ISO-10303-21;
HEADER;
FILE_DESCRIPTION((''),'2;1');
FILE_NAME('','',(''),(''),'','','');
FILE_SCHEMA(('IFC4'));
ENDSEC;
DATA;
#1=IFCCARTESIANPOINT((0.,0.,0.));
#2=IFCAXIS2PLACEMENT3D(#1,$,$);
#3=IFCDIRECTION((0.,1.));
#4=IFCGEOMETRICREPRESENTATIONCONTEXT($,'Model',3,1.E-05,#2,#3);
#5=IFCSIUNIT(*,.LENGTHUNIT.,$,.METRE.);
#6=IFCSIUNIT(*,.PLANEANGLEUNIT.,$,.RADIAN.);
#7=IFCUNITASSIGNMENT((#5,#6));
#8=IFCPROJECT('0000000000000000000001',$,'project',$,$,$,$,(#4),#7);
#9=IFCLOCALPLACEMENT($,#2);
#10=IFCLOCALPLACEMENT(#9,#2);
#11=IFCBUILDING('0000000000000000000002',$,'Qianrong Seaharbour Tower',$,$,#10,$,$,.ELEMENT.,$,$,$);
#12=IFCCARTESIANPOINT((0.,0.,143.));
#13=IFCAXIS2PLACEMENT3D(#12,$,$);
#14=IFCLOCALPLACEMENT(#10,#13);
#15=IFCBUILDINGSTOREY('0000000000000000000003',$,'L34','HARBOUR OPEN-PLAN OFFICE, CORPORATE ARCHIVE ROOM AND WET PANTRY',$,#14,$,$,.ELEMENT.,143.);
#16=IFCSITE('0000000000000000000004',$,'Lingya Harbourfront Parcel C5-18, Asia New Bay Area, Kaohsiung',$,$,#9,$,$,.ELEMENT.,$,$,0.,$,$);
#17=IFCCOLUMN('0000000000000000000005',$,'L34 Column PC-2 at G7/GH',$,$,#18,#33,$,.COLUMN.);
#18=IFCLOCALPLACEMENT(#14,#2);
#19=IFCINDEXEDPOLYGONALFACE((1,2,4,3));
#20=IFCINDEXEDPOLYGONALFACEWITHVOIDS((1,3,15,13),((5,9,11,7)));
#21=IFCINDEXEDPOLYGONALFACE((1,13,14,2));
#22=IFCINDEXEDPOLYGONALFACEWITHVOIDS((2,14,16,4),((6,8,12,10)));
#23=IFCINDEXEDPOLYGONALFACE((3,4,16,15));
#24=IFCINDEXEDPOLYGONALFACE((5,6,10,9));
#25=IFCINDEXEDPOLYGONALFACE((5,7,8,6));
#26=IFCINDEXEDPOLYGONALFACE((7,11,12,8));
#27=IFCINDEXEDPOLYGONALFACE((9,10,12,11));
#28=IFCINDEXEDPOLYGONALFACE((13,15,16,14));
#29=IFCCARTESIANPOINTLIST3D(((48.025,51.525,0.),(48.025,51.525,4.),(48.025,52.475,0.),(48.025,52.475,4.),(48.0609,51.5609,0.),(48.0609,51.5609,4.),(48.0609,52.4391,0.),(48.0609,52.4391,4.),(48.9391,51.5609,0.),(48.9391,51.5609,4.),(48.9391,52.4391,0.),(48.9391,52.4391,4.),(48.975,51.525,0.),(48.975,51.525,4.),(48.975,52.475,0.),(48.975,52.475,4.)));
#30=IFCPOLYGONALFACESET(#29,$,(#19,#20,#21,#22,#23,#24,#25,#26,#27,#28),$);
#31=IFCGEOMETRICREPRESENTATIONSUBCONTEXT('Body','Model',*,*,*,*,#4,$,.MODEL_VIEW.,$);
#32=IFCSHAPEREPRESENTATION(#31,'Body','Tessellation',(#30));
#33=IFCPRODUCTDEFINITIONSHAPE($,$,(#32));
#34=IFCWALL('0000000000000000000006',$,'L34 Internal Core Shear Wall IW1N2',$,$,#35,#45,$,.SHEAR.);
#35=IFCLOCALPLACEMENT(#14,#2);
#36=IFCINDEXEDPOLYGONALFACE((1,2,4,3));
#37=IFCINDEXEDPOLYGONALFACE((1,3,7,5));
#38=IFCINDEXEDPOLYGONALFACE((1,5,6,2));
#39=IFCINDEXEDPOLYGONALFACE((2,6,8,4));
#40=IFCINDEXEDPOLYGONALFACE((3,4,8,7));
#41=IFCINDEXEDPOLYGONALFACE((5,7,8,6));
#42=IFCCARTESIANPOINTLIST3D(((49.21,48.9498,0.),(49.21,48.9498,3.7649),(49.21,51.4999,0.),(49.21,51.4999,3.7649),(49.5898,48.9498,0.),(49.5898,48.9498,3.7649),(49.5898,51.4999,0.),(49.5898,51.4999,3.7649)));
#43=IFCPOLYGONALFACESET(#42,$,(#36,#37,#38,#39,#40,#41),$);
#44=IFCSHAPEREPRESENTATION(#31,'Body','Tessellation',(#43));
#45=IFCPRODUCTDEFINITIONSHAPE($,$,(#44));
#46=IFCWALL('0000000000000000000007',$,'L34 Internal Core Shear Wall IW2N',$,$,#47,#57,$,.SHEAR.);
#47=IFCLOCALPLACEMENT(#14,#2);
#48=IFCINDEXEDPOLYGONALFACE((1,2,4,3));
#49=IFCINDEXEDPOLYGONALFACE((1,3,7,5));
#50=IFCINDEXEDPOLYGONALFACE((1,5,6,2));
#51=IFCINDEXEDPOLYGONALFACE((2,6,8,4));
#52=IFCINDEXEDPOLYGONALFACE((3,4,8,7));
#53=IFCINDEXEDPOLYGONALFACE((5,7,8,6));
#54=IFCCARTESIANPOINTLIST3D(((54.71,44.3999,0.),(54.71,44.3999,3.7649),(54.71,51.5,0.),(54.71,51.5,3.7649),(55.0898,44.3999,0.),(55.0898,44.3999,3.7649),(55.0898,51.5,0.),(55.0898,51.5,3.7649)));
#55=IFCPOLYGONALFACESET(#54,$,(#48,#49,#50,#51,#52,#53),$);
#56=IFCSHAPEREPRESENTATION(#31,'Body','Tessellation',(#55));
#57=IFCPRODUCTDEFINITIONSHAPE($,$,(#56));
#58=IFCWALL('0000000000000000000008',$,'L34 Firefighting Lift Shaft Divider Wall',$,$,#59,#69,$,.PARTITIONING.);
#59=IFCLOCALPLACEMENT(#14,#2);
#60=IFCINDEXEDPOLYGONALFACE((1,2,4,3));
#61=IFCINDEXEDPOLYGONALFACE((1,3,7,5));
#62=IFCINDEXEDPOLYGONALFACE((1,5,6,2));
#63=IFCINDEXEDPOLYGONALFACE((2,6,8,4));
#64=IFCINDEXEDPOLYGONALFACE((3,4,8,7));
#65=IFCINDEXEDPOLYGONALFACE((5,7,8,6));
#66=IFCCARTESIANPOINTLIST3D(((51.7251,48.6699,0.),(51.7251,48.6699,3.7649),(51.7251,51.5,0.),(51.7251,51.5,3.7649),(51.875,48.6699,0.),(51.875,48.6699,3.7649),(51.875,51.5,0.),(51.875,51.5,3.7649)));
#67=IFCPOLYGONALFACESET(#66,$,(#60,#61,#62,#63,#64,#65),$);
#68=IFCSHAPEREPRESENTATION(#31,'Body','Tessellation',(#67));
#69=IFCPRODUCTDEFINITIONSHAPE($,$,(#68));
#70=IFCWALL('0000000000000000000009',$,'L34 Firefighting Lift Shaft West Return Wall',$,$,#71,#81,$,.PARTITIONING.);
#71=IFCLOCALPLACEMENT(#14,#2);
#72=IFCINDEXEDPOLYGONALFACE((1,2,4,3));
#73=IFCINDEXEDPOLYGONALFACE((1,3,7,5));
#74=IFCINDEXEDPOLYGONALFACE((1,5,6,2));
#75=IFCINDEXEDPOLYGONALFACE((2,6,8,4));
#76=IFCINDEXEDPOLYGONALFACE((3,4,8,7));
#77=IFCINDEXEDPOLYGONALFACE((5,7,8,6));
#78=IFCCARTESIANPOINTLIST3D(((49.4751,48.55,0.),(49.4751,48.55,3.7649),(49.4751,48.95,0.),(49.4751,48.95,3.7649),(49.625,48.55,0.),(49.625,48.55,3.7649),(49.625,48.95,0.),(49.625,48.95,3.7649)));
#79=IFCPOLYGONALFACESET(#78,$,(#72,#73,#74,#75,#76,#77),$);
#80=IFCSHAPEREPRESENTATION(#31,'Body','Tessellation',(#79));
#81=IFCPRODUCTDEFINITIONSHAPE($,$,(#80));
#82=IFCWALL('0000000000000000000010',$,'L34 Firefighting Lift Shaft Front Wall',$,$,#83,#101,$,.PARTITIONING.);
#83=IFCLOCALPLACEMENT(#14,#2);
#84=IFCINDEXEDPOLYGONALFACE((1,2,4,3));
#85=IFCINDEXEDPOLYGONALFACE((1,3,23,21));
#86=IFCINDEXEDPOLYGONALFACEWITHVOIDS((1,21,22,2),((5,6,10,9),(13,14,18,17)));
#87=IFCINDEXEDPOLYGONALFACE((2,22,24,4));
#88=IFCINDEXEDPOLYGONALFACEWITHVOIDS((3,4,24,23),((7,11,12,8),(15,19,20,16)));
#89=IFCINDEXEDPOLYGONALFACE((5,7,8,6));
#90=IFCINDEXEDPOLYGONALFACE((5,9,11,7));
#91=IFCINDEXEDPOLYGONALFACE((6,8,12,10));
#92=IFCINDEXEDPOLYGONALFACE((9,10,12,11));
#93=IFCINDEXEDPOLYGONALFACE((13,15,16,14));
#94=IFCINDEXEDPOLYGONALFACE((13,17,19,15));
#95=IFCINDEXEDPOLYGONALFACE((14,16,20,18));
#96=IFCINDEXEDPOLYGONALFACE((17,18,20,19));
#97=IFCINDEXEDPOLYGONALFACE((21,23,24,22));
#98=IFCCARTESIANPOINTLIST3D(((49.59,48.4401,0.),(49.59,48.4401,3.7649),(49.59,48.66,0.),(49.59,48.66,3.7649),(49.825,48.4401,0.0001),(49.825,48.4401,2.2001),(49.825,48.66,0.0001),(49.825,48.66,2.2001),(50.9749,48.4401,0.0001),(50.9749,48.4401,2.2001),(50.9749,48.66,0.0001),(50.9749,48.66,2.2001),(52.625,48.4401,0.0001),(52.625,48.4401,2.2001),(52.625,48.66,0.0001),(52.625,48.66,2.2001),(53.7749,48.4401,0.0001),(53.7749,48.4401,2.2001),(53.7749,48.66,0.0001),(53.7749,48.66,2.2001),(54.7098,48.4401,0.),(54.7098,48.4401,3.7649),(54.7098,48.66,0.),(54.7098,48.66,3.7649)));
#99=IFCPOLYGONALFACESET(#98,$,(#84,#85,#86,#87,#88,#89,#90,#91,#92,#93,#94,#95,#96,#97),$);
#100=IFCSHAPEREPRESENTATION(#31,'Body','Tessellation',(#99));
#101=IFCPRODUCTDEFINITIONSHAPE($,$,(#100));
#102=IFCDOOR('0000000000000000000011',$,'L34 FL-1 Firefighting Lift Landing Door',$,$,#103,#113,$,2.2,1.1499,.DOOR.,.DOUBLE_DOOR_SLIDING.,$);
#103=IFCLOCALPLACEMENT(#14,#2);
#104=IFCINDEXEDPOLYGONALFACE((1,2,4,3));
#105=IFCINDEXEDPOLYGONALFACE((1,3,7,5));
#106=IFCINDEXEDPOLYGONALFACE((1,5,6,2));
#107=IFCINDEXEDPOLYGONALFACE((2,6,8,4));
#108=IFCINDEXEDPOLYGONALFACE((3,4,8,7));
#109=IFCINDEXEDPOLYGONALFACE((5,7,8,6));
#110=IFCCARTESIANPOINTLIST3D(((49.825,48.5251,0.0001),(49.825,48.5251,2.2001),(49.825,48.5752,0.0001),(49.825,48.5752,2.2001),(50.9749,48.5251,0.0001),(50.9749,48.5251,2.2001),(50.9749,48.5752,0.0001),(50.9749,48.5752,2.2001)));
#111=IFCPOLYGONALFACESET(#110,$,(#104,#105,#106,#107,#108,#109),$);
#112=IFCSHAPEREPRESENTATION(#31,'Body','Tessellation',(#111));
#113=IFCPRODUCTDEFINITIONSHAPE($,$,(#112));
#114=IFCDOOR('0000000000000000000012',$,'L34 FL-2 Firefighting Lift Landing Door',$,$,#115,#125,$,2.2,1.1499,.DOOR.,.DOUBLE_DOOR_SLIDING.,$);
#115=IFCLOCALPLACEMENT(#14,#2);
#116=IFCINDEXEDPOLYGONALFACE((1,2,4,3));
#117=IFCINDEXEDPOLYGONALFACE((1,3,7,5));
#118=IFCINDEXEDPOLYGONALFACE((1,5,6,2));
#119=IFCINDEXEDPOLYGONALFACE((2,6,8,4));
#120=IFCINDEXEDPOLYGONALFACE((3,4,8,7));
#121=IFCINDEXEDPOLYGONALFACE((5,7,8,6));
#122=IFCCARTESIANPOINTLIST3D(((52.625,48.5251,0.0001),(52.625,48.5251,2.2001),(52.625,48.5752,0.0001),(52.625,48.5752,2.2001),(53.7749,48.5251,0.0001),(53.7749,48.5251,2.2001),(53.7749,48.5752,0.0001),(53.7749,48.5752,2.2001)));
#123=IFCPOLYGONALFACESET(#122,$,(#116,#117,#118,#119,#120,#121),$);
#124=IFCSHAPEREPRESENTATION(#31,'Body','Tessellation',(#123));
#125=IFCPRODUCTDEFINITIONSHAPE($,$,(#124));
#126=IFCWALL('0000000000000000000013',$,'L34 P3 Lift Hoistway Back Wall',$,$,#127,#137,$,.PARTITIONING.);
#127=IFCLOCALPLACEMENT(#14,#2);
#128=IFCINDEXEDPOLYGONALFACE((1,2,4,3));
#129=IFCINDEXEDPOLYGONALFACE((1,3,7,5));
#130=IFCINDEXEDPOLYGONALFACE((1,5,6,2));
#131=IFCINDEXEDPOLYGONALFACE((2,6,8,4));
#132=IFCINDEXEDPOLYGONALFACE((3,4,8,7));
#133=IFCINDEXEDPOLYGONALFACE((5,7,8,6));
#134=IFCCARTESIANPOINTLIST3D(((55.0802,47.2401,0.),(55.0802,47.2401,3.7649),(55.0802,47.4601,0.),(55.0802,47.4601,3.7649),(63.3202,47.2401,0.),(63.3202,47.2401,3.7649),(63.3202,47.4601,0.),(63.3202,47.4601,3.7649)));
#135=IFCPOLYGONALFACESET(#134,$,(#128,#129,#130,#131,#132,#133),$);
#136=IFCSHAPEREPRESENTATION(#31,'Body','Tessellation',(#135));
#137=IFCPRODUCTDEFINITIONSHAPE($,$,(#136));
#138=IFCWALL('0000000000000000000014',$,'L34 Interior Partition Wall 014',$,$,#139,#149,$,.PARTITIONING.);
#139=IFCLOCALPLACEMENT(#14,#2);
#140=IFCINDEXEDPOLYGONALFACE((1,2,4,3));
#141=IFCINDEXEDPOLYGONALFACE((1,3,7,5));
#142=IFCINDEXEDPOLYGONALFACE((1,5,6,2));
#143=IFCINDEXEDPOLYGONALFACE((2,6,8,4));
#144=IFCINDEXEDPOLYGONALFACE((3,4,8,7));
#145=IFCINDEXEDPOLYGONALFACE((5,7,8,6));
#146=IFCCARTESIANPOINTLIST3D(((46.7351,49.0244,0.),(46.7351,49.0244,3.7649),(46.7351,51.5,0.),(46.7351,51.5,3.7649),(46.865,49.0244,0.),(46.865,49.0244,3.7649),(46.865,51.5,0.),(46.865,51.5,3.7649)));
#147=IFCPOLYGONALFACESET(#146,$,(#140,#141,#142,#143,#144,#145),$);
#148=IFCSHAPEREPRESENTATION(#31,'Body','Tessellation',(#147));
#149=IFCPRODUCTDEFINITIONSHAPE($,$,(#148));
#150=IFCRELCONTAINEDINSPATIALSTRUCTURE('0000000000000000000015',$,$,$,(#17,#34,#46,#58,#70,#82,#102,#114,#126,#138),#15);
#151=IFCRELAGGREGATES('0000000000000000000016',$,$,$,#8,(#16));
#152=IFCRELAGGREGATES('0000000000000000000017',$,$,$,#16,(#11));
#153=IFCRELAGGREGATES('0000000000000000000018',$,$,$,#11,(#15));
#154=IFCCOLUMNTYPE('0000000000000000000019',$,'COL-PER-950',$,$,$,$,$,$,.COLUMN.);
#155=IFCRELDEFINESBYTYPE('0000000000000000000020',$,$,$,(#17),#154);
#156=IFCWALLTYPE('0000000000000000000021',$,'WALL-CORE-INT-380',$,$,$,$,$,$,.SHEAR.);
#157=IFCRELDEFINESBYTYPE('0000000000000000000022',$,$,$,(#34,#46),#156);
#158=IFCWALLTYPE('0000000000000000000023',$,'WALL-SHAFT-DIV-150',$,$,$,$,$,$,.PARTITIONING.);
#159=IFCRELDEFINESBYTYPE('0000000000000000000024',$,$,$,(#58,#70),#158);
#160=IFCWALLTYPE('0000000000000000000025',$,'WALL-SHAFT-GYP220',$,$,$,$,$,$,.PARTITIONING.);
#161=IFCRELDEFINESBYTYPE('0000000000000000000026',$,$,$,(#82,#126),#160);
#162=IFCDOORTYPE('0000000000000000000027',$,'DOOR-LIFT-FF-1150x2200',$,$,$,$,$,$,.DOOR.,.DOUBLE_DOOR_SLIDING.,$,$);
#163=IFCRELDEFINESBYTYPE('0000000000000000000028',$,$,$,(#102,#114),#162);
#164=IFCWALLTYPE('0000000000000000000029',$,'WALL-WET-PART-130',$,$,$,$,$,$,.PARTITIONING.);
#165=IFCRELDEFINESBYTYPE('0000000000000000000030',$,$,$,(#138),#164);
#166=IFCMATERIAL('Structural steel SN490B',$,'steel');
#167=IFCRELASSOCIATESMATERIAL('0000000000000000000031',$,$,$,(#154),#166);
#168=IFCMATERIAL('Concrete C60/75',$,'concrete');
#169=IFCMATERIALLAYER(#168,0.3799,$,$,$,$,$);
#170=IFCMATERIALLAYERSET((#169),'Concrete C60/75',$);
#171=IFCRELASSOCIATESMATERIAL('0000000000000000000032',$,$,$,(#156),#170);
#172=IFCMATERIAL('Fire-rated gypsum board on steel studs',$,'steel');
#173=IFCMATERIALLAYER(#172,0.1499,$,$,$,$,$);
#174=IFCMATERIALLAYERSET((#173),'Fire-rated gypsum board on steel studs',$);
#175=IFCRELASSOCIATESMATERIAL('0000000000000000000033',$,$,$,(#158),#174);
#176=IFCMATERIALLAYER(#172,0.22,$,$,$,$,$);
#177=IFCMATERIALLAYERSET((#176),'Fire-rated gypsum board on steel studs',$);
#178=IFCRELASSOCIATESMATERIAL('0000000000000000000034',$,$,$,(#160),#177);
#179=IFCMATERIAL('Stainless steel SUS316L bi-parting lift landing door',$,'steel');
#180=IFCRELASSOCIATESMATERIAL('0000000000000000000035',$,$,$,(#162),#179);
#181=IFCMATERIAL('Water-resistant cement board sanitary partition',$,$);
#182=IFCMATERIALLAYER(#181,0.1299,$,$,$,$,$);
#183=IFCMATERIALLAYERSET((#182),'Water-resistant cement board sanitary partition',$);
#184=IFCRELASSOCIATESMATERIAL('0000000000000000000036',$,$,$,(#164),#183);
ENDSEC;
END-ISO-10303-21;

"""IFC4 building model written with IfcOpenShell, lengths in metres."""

from ifc_helpers import new_model, si_unit, direction, frame, frame_2d, origin, origin_2d, place, context, subcontext, project, spatial, rectangle, hollow_rectangle, extrude, material, layer, layer_set, material_profile, profile_set, type_object, element, fill, save


model = new_model("IFC4")

# Units and contexts
model_context = context("Model", 3, precision=1e-05, world=origin(), true_north=direction((0.0, 1.0)))
body_context = subcontext(model_context, "Body", "Model", "MODEL_VIEW")
ifc_project = project(units=[si_unit("LENGTHUNIT", "METRE"), si_unit("PLANEANGLEUNIT", "RADIAN")], contexts=[model_context])

# Site, building, storey
site_placement = place(None, origin())
site = spatial("IfcSite", under=ifc_project, at=site_placement, Name="Lingya Harbourfront Parcel C5-18, Asia New Bay Area, Kaohsiung", CompositionType="ELEMENT", RefElevation=0.0)
building_placement = place(site_placement, origin())
building = spatial("IfcBuilding", under=site, at=building_placement, Name="Qianrong Seaharbour Tower", CompositionType="ELEMENT")
storey_placement = place(building_placement, frame((0.0, 0.0, 143.0)))
storey = spatial("IfcBuildingStorey", under=building, at=storey_placement, Name="L34", Description="HARBOUR OPEN-PLAN OFFICE, CORPORATE ARCHIVE ROOM AND WET PANTRY", CompositionType="ELEMENT", Elevation=143.0)

# Column
ifc_material_1 = material(Name="Structural steel SN490B", Category="steel")
ifc_material_profile = material_profile(ifc_material_1, hollow_rectangle(XDim=0.95, YDim=0.95, WallThickness=0.0359, at=origin_2d()), Name="BOX950x950x36")
ifc_profile_set = profile_set([ifc_material_profile], Name="Structural steel SN490B")
column_type = type_object("IfcColumnType", Name="COL-PER-950", PredefinedType="COLUMN", material=ifc_profile_set)
column_placement = place(storey_placement, frame((48.5, 52.0, 0.0), z_axis=(0.0, 0.0, 1.0), x_axis=(1.0, 0.0, 0.0)))
element("IfcColumn", 1, at=column_placement, inside=storey, type_object=column_type, Name="L34 Column PC-2 at G7/GH", PredefinedType="COLUMN", context=body_context, shape_type="SweptSolid", body=[
    extrude(hollow_rectangle(XDim=0.95, YDim=0.95, WallThickness=0.0359, at=origin_2d()), origin(), (0.0, 0.0, 1.0), 4.0),
])

# Walls
ifc_material_2 = material(Name="Concrete C60/75", Category="concrete")
ifc_layer_1 = layer(ifc_material_2, 0.3799)
ifc_layer_set_1 = layer_set([ifc_layer_1], Name="Concrete C60/75")
wall_type_1 = type_object("IfcWallType", Name="WALL-CORE-INT-380", PredefinedType="SHEAR", material=ifc_layer_set_1)
wall_1_placement = place(storey_placement, frame((49.3999, 48.95, 0.0), z_axis=(0.0, 0.0, 1.0), x_axis=(0.0, 1.0, 0.0)))
element("IfcWall", 2, at=wall_1_placement, inside=storey, type_object=wall_type_1, Name="L34 Internal Core Shear Wall IW1N2", PredefinedType="SHEAR", context=body_context, shape_type="SweptSolid", body=[
    extrude(rectangle(XDim=2.55, YDim=0.3799, at=frame_2d((1.2749, 0.0))), origin(), (0.0, 0.0, 1.0), 3.7649),
])
wall_2_placement = place(storey_placement, frame((54.8999, 44.3999, 0.0), z_axis=(0.0, 0.0, 1.0), x_axis=(0.0, 1.0, 0.0)))
element("IfcWall", 3, at=wall_2_placement, inside=storey, type_object=wall_type_1, Name="L34 Internal Core Shear Wall IW2N", PredefinedType="SHEAR", context=body_context, shape_type="SweptSolid", body=[
    extrude(rectangle(XDim=7.1001, YDim=0.3799, at=frame_2d((3.55, 0.0))), origin(), (0.0, 0.0, 1.0), 3.7649),
])

# Walls
ifc_material_3 = material(Name="Fire-rated gypsum board on steel studs", Category="steel")
ifc_layer_2 = layer(ifc_material_3, 0.1499)
ifc_layer_set_2 = layer_set([ifc_layer_2], Name="Fire-rated gypsum board on steel studs")
wall_type_2 = type_object("IfcWallType", Name="WALL-SHAFT-DIV-150", PredefinedType="PARTITIONING", material=ifc_layer_set_2)
wall_3_placement = place(storey_placement, frame((51.8, 48.6699, 0.0), z_axis=(0.0, 0.0, 1.0), x_axis=(0.0, 1.0, 0.0)))
element("IfcWall", 4, at=wall_3_placement, inside=storey, type_object=wall_type_2, Name="L34 Firefighting Lift Shaft Divider Wall", PredefinedType="PARTITIONING", context=body_context, shape_type="SweptSolid", body=[
    extrude(rectangle(XDim=2.8301, YDim=0.1499, at=frame_2d((1.415, 0.0))), origin(), (0.0, 0.0, 1.0), 3.7649),
])
wall_4_placement = place(storey_placement, frame((49.55, 48.55, 0.0), z_axis=(0.0, 0.0, 1.0), x_axis=(0.0, 1.0, 0.0)))
element("IfcWall", 5, at=wall_4_placement, inside=storey, type_object=wall_type_2, Name="L34 Firefighting Lift Shaft West Return Wall", PredefinedType="PARTITIONING", context=body_context, shape_type="SweptSolid", body=[
    extrude(rectangle(XDim=0.3999, YDim=0.1499, at=frame_2d((0.2, 0.0))), origin(), (0.0, 0.0, 1.0), 3.7649),
])

# Wall, openings, doors
ifc_layer_3 = layer(ifc_material_3, 0.22)
ifc_layer_set_3 = layer_set([ifc_layer_3], Name="Fire-rated gypsum board on steel studs")
wall_type_3 = type_object("IfcWallType", Name="WALL-SHAFT-GYP220", PredefinedType="PARTITIONING", material=ifc_layer_set_3)
wall_5_placement = place(storey_placement, frame((54.71, 48.55, 0.0), z_axis=(0.0, 0.0, 1.0), x_axis=(-1.0, 0.0, 0.0)))
wall_5 = element("IfcWall", 6, at=wall_5_placement, inside=storey, type_object=wall_type_3, Name="L34 Firefighting Lift Shaft Front Wall", PredefinedType="PARTITIONING", context=body_context, shape_type="SweptSolid", body=[
    extrude(rectangle(XDim=5.1199, YDim=0.22, at=frame_2d((2.5601, 0.0))), origin(), (0.0, 0.0, 1.0), 3.7649),
])
opening_1_placement = place(wall_5_placement, frame((3.7351, 0.0, 0.0)))
opening_1 = element("IfcOpeningElement", 7, at=opening_1_placement, cuts=wall_5, PredefinedType="OPENING", context=body_context, shape_type="SweptSolid", body=[
    extrude(rectangle(XDim=1.1499, YDim=2.2, at=frame_2d((0.575, 1.1001))), frame((0.0, 0.1201, 0.0), z_axis=(0.0, -1.0, 0.0), x_axis=(1.0, 0.0, 0.0)), (0.0, 0.0, 1.0), 0.24),
])
opening_2_placement = place(wall_5_placement, frame((0.9351, 0.0, 0.0)))
opening_2 = element("IfcOpeningElement", 8, at=opening_2_placement, cuts=wall_5, PredefinedType="OPENING", context=body_context, shape_type="SweptSolid", body=[
    extrude(rectangle(XDim=1.1499, YDim=2.2, at=frame_2d((0.575, 1.1001))), frame((0.0, 0.1201, 0.0), z_axis=(0.0, -1.0, 0.0), x_axis=(1.0, 0.0, 0.0)), (0.0, 0.0, 1.0), 0.24),
])
ifc_material_4 = material(Name="Stainless steel SUS316L bi-parting lift landing door", Category="steel")
door_type_1 = type_object("IfcDoorType", Name="DOOR-LIFT-FF-1150x2200", OperationType="DOUBLE_DOOR_SLIDING", PredefinedType="DOOR", material=ifc_material_4)
door_1_placement = place(opening_1_placement, origin())
door_1 = element("IfcDoor", 9, at=door_1_placement, inside=storey, type_object=door_type_1, Name="L34 FL-1 Firefighting Lift Landing Door", OperationType="DOUBLE_DOOR_SLIDING", OverallHeight=2.2, OverallWidth=1.1499, PredefinedType="DOOR", context=body_context, shape_type="SweptSolid", body=[
    extrude(rectangle(XDim=1.1499, YDim=2.2, at=frame_2d((0.575, 1.1001))), frame((0.0, 0.0249, 0.0), z_axis=(0.0, -1.0, 0.0), x_axis=(1.0, 0.0, 0.0)), (0.0, 0.0, 1.0), 0.05),
])
fill(opening_1, door_1)
door_2_placement = place(opening_2_placement, origin())
door_2 = element("IfcDoor", 10, at=door_2_placement, inside=storey, type_object=door_type_1, Name="L34 FL-2 Firefighting Lift Landing Door", OperationType="DOUBLE_DOOR_SLIDING", OverallHeight=2.2, OverallWidth=1.1499, PredefinedType="DOOR", context=body_context, shape_type="SweptSolid", body=[
    extrude(rectangle(XDim=1.1499, YDim=2.2, at=frame_2d((0.575, 1.1001))), frame((0.0, 0.0249, 0.0), z_axis=(0.0, -1.0, 0.0), x_axis=(1.0, 0.0, 0.0)), (0.0, 0.0, 1.0), 0.05),
])
fill(opening_2, door_2)

# Walls
wall_6_placement = place(storey_placement, frame((55.0801, 47.3501, 0.0), z_axis=(0.0, 0.0, 1.0), x_axis=(1.0, 0.0, 0.0)))
element("IfcWall", 11, at=wall_6_placement, inside=storey, type_object=wall_type_3, Name="L34 P3 Lift Hoistway Back Wall", PredefinedType="PARTITIONING", context=body_context, shape_type="SweptSolid", body=[
    extrude(rectangle(XDim=8.24, YDim=0.22, at=frame_2d((4.1201, 0.0))), origin(), (0.0, 0.0, 1.0), 3.7649),
])
ifc_material_5 = material(Name="Water-resistant cement board sanitary partition")
ifc_layer_4 = layer(ifc_material_5, 0.1299)
ifc_layer_set_4 = layer_set([ifc_layer_4], Name="Water-resistant cement board sanitary partition")
wall_type_4 = type_object("IfcWallType", Name="WALL-WET-PART-130", PredefinedType="PARTITIONING", material=ifc_layer_set_4)
wall_7_placement = place(storey_placement, frame((46.8, 51.5, 0.0), z_axis=(0.0, 0.0, 1.0), x_axis=(0.0, -1.0, 0.0)))
element("IfcWall", 12, at=wall_7_placement, inside=storey, type_object=wall_type_4, Name="L34 Interior Partition Wall 014", PredefinedType="PARTITIONING", context=body_context, shape_type="SweptSolid", body=[
    extrude(rectangle(XDim=2.4756, YDim=0.1299, at=frame_2d((1.2378, 0.0))), origin(), (0.0, 0.0, 1.0), 3.7649),
])

save(model, "model.ifc")
